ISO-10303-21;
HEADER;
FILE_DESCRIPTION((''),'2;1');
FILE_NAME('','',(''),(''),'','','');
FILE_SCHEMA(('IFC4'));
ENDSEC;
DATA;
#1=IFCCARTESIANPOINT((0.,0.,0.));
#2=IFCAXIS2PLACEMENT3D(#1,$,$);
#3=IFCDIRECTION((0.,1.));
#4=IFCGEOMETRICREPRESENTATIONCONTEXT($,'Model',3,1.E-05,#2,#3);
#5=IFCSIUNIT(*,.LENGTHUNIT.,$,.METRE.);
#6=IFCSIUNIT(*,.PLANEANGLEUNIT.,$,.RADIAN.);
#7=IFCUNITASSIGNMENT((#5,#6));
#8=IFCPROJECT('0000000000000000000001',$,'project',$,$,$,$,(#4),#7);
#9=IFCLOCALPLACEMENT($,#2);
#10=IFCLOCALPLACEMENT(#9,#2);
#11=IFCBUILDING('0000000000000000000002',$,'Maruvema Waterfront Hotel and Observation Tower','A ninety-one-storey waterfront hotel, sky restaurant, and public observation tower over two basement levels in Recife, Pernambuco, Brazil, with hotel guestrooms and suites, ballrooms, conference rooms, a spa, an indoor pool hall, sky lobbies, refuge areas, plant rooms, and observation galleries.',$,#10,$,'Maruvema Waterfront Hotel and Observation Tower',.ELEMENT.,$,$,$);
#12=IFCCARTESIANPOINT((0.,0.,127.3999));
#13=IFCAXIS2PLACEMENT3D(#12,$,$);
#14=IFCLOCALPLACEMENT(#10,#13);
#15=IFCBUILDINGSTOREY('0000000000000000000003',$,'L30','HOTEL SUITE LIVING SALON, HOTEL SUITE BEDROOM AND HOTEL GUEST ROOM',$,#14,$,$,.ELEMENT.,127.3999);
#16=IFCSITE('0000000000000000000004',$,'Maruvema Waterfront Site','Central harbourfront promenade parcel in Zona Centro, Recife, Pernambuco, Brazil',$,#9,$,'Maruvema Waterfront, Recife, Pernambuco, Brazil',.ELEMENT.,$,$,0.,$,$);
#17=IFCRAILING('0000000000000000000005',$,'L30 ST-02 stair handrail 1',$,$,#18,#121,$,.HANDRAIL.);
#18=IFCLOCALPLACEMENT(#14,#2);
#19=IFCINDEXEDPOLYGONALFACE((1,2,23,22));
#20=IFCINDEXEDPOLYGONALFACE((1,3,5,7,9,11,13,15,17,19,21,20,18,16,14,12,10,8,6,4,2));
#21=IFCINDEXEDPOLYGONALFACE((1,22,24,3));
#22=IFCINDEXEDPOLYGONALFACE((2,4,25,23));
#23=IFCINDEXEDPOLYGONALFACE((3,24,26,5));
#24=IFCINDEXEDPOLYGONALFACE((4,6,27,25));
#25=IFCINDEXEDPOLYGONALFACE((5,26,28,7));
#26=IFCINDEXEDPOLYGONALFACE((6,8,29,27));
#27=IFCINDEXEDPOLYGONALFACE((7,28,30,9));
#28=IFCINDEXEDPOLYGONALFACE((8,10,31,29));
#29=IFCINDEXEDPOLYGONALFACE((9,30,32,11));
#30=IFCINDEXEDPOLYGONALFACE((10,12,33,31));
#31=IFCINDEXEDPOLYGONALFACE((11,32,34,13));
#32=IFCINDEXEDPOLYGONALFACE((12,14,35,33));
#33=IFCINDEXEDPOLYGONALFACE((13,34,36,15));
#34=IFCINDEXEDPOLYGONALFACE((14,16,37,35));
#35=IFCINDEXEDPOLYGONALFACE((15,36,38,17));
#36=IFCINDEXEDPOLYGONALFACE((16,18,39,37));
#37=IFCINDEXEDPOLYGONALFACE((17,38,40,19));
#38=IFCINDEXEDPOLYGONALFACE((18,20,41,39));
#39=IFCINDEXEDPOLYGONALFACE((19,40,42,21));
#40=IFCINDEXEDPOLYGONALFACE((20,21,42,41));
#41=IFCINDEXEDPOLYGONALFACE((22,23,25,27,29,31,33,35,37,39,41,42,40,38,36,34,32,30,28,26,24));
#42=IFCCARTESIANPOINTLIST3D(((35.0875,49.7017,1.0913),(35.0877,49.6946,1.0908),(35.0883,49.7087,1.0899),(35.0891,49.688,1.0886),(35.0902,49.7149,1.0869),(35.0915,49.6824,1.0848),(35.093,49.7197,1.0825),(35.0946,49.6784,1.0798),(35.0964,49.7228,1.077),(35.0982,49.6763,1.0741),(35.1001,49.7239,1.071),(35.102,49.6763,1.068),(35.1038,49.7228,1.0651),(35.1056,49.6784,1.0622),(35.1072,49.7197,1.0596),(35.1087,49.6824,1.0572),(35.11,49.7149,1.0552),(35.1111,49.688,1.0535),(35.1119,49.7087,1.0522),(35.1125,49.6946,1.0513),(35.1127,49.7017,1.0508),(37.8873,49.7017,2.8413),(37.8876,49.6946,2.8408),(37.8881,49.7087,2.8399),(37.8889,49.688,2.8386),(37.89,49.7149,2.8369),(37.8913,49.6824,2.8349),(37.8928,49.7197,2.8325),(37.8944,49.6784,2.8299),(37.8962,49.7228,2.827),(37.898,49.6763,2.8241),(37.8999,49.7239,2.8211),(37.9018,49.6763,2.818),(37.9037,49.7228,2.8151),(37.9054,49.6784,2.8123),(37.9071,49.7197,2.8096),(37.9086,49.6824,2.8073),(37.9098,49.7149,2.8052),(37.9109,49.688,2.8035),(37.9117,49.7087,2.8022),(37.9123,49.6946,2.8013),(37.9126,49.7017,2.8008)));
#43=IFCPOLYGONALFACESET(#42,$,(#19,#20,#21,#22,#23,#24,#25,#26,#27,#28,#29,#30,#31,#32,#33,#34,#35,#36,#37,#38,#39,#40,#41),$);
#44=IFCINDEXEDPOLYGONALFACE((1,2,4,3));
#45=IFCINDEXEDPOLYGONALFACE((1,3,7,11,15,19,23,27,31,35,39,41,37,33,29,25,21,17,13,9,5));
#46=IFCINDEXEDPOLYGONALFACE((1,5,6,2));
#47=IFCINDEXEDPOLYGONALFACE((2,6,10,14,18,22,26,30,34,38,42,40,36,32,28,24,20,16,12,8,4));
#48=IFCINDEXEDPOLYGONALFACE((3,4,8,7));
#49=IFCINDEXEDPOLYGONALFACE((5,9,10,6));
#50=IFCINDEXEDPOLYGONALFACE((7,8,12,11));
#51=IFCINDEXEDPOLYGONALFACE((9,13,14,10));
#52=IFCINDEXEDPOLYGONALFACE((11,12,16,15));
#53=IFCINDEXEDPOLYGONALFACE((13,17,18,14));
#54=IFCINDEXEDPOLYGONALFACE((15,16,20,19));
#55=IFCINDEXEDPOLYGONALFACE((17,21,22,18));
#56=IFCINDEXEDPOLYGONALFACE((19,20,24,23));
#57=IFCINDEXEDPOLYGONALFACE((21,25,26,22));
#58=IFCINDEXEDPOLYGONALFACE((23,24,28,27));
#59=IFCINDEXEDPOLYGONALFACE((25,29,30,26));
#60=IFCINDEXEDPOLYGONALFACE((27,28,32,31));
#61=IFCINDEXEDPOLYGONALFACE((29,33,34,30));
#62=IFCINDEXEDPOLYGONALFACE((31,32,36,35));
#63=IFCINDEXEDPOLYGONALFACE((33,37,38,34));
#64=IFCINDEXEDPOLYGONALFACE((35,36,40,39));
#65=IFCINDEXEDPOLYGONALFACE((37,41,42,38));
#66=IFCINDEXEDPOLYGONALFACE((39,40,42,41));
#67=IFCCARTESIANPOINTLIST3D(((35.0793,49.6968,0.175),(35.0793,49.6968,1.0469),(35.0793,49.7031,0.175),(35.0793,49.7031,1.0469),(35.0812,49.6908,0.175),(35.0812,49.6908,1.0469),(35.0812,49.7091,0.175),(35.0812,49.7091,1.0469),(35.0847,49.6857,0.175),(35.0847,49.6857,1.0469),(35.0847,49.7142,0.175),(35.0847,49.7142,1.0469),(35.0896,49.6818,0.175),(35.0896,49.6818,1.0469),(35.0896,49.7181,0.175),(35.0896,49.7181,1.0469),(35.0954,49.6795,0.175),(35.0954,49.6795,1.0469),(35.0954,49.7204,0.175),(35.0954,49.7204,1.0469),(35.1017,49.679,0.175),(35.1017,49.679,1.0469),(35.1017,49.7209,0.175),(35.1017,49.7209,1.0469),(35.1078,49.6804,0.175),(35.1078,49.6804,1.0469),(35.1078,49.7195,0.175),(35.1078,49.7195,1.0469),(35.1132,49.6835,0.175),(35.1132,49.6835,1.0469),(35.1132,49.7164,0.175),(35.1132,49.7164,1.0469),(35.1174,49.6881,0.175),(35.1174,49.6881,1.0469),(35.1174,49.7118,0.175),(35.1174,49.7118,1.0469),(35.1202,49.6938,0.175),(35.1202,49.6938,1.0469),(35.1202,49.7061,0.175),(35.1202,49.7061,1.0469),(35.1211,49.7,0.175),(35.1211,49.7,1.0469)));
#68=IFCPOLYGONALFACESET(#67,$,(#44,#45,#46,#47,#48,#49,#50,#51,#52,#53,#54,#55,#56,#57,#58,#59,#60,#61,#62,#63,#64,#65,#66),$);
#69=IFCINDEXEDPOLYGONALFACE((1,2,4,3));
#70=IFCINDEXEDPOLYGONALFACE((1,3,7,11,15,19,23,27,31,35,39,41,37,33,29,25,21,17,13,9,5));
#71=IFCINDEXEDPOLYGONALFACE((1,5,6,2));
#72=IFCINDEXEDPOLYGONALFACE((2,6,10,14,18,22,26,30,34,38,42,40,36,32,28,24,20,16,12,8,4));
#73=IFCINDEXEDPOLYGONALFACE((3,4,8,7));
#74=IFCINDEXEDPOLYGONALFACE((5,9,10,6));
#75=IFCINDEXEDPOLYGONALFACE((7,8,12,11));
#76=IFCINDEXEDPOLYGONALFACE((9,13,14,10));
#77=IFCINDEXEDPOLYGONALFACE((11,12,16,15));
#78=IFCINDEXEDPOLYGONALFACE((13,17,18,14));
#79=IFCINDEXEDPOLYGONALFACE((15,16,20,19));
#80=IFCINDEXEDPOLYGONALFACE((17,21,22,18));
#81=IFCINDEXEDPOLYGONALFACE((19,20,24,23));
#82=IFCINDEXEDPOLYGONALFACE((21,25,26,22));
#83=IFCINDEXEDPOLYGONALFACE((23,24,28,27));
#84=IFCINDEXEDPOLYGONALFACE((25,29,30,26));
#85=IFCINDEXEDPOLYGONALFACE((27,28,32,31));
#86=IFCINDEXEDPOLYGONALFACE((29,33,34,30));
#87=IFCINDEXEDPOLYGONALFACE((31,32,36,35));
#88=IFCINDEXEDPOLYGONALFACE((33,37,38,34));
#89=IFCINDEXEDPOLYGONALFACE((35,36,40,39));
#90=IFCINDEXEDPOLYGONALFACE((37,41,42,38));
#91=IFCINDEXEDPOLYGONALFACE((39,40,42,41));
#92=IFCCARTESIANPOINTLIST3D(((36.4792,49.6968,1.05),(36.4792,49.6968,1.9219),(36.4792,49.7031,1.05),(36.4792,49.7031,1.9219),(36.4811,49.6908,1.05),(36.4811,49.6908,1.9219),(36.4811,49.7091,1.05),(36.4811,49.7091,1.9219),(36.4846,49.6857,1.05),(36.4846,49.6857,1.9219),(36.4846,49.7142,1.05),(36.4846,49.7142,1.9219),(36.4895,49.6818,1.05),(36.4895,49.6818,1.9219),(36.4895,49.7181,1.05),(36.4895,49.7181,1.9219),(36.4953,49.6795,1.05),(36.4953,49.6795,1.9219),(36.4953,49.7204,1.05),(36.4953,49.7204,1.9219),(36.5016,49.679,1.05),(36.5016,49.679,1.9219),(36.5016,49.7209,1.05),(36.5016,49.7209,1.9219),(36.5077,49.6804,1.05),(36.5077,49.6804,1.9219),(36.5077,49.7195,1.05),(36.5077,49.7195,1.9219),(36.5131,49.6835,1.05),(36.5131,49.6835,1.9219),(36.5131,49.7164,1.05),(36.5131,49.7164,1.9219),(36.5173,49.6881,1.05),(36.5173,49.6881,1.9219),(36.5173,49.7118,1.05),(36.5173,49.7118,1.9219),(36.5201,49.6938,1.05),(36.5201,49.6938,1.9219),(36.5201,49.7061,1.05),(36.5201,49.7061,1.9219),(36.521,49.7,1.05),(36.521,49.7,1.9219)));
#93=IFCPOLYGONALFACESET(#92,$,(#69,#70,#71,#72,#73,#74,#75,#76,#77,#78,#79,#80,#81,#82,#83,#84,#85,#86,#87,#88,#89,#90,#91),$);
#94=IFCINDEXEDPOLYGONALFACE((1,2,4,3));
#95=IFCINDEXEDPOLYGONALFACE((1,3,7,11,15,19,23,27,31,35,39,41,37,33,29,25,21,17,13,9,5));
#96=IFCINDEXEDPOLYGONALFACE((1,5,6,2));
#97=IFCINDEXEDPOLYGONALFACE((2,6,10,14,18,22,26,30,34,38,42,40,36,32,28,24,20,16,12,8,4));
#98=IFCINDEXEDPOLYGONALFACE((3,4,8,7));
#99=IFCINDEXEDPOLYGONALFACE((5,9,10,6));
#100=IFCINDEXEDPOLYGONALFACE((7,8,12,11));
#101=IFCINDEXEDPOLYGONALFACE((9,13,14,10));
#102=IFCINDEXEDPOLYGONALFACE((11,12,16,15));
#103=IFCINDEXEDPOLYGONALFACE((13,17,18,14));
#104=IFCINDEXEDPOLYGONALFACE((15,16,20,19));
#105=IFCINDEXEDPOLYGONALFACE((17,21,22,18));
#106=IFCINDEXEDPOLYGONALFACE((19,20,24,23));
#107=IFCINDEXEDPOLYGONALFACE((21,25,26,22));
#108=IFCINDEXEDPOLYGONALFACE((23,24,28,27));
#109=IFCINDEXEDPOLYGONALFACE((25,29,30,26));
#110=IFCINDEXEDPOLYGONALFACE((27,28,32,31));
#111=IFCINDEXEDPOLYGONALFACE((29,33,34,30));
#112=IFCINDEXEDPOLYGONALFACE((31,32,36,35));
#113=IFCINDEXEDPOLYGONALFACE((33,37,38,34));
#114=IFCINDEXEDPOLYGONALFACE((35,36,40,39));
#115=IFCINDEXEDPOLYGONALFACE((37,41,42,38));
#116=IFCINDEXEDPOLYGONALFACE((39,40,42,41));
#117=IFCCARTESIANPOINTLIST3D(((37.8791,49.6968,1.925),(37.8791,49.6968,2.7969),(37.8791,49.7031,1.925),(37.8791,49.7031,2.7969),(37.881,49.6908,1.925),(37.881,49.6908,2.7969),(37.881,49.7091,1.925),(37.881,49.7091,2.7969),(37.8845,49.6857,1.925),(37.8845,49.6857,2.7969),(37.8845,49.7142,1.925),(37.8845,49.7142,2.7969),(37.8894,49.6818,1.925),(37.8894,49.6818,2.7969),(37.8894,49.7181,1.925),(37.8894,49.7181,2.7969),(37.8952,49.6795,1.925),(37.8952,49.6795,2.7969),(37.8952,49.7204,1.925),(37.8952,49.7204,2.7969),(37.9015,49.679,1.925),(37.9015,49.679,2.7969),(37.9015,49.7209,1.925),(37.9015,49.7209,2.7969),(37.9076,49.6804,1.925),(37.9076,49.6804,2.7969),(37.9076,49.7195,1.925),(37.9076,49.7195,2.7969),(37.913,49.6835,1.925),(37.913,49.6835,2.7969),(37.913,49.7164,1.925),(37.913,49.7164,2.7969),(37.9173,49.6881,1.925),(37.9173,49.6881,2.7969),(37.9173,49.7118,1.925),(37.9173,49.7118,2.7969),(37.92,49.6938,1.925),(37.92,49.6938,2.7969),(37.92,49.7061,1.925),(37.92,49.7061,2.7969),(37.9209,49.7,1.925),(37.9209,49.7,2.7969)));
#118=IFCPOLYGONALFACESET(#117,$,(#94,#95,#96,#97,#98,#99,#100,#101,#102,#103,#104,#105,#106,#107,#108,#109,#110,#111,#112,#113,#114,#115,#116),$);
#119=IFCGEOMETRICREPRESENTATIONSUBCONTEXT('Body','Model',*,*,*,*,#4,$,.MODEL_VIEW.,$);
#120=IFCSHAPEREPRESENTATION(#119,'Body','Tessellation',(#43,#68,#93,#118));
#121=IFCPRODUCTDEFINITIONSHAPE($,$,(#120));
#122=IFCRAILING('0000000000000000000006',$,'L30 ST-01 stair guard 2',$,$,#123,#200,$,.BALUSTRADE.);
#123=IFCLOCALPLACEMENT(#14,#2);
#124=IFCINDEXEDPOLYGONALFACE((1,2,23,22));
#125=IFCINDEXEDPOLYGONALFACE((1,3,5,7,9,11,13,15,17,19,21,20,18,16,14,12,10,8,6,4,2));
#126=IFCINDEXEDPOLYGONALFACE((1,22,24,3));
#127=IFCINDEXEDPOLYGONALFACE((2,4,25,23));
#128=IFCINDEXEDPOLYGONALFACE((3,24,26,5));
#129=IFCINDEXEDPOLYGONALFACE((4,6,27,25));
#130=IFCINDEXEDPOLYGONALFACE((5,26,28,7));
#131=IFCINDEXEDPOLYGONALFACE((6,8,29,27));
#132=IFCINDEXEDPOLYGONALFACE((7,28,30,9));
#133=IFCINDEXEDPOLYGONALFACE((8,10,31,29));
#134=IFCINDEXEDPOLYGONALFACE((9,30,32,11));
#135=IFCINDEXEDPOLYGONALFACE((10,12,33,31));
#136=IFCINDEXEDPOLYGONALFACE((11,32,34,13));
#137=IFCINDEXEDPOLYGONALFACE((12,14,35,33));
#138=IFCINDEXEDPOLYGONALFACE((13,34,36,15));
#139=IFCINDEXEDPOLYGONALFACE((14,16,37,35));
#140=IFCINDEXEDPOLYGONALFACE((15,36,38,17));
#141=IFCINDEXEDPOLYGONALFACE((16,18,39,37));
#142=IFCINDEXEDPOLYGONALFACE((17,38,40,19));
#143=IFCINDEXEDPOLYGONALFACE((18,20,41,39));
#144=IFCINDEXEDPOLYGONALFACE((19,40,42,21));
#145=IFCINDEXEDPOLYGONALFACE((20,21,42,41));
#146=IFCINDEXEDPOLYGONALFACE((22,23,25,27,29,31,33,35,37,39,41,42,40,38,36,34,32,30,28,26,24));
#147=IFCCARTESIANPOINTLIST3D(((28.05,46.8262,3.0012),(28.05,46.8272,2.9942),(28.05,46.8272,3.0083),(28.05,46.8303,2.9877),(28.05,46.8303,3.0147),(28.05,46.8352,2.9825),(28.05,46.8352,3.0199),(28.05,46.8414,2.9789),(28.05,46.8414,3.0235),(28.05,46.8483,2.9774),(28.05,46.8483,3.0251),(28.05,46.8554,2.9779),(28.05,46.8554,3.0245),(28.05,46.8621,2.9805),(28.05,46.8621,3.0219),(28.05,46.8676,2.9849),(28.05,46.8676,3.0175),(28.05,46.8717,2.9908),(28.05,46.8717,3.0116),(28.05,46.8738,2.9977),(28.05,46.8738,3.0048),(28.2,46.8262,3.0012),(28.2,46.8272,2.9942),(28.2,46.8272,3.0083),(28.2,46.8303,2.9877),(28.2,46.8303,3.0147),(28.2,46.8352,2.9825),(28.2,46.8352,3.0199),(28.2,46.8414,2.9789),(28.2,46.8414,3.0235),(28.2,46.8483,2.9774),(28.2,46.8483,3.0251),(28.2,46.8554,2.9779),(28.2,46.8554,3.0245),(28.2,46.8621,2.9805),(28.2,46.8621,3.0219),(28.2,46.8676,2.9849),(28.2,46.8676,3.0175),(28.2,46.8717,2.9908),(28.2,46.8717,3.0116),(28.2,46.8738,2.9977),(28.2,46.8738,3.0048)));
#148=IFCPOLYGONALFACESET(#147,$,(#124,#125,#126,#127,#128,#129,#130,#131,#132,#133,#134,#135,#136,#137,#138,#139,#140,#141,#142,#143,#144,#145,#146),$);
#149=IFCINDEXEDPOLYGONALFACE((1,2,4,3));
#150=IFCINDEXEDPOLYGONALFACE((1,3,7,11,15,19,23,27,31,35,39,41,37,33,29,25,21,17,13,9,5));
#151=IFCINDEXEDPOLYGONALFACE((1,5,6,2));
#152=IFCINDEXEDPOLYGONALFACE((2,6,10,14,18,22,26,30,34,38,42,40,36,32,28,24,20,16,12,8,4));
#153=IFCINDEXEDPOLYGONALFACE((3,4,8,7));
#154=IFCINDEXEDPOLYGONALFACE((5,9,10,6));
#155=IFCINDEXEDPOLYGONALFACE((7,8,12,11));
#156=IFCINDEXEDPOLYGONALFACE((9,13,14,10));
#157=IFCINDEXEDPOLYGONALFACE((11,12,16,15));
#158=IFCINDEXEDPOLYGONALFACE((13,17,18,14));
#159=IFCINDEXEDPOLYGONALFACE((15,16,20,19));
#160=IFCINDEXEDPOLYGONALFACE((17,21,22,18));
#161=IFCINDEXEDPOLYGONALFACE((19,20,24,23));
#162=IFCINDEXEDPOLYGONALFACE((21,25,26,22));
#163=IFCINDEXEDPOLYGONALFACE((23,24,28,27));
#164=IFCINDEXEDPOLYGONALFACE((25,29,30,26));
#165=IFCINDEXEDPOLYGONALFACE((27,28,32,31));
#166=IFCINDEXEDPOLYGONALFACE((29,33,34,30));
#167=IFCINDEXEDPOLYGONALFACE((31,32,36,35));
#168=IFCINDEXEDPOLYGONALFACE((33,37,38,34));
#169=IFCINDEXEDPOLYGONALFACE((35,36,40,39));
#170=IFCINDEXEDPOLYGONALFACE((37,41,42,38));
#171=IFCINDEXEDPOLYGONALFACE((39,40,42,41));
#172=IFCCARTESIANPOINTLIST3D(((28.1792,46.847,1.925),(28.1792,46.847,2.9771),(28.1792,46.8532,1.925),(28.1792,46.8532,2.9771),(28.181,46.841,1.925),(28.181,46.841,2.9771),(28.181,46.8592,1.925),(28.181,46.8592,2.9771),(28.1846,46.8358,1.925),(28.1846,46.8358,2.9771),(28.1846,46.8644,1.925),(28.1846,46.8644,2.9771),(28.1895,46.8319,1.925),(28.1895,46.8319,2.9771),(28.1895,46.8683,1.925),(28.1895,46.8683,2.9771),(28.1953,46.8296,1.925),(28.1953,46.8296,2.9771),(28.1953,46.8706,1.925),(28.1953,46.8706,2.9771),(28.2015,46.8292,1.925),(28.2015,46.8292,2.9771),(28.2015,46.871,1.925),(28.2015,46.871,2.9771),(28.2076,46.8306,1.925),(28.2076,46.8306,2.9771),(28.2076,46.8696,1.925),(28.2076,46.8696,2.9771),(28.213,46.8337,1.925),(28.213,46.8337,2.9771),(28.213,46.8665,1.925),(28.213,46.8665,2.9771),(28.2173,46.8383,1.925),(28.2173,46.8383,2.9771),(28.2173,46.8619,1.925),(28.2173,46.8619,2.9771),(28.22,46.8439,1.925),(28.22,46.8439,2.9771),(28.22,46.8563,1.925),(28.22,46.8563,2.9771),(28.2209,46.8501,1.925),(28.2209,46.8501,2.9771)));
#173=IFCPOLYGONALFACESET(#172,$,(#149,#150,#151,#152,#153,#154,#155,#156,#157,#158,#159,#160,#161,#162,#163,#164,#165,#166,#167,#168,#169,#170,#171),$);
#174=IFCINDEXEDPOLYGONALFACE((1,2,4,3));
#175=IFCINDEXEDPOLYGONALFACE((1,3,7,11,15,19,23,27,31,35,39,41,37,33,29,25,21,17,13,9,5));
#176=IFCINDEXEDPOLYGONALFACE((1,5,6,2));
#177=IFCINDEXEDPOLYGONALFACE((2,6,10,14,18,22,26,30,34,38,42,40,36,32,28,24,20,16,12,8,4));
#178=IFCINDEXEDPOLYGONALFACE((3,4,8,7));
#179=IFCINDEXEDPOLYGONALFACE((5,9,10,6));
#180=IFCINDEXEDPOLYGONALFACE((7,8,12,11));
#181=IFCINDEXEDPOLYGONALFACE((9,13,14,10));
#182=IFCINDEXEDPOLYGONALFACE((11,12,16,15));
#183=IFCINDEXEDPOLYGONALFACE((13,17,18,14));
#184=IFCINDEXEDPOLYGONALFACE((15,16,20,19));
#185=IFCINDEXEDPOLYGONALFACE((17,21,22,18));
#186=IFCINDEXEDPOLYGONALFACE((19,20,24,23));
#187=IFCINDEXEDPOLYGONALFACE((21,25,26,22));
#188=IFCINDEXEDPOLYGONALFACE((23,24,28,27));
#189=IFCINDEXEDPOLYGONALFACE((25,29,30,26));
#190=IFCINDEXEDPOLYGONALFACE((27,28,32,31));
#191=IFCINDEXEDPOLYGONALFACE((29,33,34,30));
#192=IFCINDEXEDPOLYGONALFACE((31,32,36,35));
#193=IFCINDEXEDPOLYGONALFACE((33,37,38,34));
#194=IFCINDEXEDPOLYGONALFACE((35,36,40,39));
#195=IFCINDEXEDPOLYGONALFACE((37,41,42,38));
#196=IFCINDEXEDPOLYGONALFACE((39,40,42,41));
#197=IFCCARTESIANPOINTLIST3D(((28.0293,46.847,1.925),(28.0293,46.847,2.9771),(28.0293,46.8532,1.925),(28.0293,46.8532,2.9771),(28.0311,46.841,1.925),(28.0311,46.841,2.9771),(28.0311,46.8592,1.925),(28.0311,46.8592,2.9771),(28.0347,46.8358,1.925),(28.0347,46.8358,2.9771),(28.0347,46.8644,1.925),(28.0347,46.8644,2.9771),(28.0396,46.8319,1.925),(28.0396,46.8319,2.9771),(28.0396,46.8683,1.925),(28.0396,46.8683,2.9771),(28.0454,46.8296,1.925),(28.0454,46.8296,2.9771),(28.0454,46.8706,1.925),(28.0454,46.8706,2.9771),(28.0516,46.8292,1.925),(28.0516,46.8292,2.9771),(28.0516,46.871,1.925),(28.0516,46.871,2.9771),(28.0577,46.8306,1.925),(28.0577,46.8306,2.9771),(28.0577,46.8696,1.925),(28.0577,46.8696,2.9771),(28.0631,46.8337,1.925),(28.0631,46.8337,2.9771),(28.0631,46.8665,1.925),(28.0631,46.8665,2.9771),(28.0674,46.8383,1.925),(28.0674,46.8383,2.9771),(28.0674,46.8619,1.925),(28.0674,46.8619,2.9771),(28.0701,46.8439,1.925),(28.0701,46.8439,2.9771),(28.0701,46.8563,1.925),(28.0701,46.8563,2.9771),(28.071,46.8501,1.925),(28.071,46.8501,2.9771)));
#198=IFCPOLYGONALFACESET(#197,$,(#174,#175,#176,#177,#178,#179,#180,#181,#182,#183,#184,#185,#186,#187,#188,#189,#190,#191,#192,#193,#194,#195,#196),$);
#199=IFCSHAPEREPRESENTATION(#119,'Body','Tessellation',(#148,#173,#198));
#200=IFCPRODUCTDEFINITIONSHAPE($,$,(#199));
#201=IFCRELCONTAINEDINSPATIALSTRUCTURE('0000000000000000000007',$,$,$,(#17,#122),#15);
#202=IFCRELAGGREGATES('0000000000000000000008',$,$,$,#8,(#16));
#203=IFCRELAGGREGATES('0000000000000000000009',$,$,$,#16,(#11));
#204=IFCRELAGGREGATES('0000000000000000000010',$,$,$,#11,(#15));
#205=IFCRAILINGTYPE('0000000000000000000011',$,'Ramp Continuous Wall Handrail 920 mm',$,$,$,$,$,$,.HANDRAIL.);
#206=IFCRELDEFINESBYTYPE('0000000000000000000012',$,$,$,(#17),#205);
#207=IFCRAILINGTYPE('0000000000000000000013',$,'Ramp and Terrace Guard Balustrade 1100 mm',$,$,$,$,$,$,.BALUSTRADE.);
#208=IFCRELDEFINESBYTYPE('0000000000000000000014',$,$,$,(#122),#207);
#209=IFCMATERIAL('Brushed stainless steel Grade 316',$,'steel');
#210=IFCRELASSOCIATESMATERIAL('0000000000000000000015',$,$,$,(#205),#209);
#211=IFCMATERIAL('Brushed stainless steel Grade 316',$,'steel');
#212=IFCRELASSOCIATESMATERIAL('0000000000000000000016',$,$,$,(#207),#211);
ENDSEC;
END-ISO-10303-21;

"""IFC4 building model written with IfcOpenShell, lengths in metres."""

from ifc_helpers import new_model, si_unit, direction, frame, origin, origin_2d, place, context, subcontext, project, spatial, circle, extrude, material, type_object, element, save


model = new_model("IFC4")

# Units and contexts
model_context = context("Model", 3, precision=1e-05, world=origin(), true_north=direction((0.0, 1.0)))
body_context = subcontext(model_context, "Body", "Model", "MODEL_VIEW")
ifc_project = project(units=[si_unit("LENGTHUNIT", "METRE"), si_unit("PLANEANGLEUNIT", "RADIAN")], contexts=[model_context])

# Site, building, storey
site_placement = place(None, origin())
site = spatial("IfcSite", under=ifc_project, at=site_placement, Name="Maruvema Waterfront Site", Description="Central harbourfront promenade parcel in Zona Centro, Recife, Pernambuco, Brazil", LongName="Maruvema Waterfront, Recife, Pernambuco, Brazil", CompositionType="ELEMENT", RefElevation=0.0)
building_placement = place(site_placement, origin())
building = spatial("IfcBuilding", under=site, at=building_placement, Name="Maruvema Waterfront Hotel and Observation Tower", Description="A ninety-one-storey waterfront hotel, sky restaurant, and public observation tower over two basement levels in Recife, Pernambuco, Brazil, with hotel guestrooms and suites, ballrooms, conference rooms, a spa, an indoor pool hall, sky lobbies, refuge areas, plant rooms, and observation galleries.", LongName="Maruvema Waterfront Hotel and Observation Tower", CompositionType="ELEMENT")
storey_placement = place(building_placement, frame((0.0, 0.0, 127.3999)))
storey = spatial("IfcBuildingStorey", under=building, at=storey_placement, Name="L30", Description="HOTEL SUITE LIVING SALON, HOTEL SUITE BEDROOM AND HOTEL GUEST ROOM", CompositionType="ELEMENT", Elevation=127.3999)

# Railings
ifc_material_1 = material(Name="Brushed stainless steel Grade 316", Category="steel")
railing_type_1 = type_object("IfcRailingType", Name="Ramp Continuous Wall Handrail 920 mm", PredefinedType="HANDRAIL", material=ifc_material_1)
railing_1_placement = place(storey_placement, frame((35.1001, 49.7, 0.175)))
element("IfcRailing", 1, at=railing_1_placement, inside=storey, type_object=railing_type_1, Name="L30 ST-02 stair handrail 1", PredefinedType="HANDRAIL", context=body_context, shape_type="SweptSolid", body=[
    extrude(circle(Radius=0.0239, at=origin_2d()), frame((0.0, 0.0, 0.896), z_axis=(0.847982, 0.0, 0.530026), x_axis=(0.0, 1.0, 0.0)), (0.0, 0.0, 1.0), 3.3018),
    extrude(circle(Radius=0.021, at=origin_2d()), origin(), (0.0, 0.0, 1.0), 0.8718),
    extrude(circle(Radius=0.021, at=origin_2d()), frame((1.3999, 0.0, 0.875)), (0.0, 0.0, 1.0), 0.8718),
    extrude(circle(Radius=0.021, at=origin_2d()), frame((2.7998, 0.0, 1.75)), (0.0, 0.0, 1.0), 0.8718),
])
ifc_material_2 = material(Name="Brushed stainless steel Grade 316", Category="steel")
railing_type_2 = type_object("IfcRailingType", Name="Ramp and Terrace Guard Balustrade 1100 mm", PredefinedType="BALUSTRADE", material=ifc_material_2)
railing_2_placement = place(storey_placement, frame((28.2, 46.8501, 1.925)))
element("IfcRailing", 2, at=railing_2_placement, inside=storey, type_object=railing_type_2, Name="L30 ST-01 stair guard 2", PredefinedType="BALUSTRADE", context=body_context, shape_type="SweptSolid", body=[
    extrude(circle(Radius=0.0239, at=origin_2d()), frame((0.0, 0.0, 1.0762), z_axis=(-1.0, 0.0, 0.0), x_axis=(0.0, -1.0, 0.0)), (0.0, 0.0, 1.0), 0.1499),
    extrude(circle(Radius=0.021, at=origin_2d()), origin(), (0.0, 0.0, 1.0), 1.052),
    extrude(circle(Radius=0.021, at=origin_2d()), frame((-0.1499, 0.0, 0.0)), (0.0, 0.0, 1.0), 1.052),
])

save(model, "model.ifc")
